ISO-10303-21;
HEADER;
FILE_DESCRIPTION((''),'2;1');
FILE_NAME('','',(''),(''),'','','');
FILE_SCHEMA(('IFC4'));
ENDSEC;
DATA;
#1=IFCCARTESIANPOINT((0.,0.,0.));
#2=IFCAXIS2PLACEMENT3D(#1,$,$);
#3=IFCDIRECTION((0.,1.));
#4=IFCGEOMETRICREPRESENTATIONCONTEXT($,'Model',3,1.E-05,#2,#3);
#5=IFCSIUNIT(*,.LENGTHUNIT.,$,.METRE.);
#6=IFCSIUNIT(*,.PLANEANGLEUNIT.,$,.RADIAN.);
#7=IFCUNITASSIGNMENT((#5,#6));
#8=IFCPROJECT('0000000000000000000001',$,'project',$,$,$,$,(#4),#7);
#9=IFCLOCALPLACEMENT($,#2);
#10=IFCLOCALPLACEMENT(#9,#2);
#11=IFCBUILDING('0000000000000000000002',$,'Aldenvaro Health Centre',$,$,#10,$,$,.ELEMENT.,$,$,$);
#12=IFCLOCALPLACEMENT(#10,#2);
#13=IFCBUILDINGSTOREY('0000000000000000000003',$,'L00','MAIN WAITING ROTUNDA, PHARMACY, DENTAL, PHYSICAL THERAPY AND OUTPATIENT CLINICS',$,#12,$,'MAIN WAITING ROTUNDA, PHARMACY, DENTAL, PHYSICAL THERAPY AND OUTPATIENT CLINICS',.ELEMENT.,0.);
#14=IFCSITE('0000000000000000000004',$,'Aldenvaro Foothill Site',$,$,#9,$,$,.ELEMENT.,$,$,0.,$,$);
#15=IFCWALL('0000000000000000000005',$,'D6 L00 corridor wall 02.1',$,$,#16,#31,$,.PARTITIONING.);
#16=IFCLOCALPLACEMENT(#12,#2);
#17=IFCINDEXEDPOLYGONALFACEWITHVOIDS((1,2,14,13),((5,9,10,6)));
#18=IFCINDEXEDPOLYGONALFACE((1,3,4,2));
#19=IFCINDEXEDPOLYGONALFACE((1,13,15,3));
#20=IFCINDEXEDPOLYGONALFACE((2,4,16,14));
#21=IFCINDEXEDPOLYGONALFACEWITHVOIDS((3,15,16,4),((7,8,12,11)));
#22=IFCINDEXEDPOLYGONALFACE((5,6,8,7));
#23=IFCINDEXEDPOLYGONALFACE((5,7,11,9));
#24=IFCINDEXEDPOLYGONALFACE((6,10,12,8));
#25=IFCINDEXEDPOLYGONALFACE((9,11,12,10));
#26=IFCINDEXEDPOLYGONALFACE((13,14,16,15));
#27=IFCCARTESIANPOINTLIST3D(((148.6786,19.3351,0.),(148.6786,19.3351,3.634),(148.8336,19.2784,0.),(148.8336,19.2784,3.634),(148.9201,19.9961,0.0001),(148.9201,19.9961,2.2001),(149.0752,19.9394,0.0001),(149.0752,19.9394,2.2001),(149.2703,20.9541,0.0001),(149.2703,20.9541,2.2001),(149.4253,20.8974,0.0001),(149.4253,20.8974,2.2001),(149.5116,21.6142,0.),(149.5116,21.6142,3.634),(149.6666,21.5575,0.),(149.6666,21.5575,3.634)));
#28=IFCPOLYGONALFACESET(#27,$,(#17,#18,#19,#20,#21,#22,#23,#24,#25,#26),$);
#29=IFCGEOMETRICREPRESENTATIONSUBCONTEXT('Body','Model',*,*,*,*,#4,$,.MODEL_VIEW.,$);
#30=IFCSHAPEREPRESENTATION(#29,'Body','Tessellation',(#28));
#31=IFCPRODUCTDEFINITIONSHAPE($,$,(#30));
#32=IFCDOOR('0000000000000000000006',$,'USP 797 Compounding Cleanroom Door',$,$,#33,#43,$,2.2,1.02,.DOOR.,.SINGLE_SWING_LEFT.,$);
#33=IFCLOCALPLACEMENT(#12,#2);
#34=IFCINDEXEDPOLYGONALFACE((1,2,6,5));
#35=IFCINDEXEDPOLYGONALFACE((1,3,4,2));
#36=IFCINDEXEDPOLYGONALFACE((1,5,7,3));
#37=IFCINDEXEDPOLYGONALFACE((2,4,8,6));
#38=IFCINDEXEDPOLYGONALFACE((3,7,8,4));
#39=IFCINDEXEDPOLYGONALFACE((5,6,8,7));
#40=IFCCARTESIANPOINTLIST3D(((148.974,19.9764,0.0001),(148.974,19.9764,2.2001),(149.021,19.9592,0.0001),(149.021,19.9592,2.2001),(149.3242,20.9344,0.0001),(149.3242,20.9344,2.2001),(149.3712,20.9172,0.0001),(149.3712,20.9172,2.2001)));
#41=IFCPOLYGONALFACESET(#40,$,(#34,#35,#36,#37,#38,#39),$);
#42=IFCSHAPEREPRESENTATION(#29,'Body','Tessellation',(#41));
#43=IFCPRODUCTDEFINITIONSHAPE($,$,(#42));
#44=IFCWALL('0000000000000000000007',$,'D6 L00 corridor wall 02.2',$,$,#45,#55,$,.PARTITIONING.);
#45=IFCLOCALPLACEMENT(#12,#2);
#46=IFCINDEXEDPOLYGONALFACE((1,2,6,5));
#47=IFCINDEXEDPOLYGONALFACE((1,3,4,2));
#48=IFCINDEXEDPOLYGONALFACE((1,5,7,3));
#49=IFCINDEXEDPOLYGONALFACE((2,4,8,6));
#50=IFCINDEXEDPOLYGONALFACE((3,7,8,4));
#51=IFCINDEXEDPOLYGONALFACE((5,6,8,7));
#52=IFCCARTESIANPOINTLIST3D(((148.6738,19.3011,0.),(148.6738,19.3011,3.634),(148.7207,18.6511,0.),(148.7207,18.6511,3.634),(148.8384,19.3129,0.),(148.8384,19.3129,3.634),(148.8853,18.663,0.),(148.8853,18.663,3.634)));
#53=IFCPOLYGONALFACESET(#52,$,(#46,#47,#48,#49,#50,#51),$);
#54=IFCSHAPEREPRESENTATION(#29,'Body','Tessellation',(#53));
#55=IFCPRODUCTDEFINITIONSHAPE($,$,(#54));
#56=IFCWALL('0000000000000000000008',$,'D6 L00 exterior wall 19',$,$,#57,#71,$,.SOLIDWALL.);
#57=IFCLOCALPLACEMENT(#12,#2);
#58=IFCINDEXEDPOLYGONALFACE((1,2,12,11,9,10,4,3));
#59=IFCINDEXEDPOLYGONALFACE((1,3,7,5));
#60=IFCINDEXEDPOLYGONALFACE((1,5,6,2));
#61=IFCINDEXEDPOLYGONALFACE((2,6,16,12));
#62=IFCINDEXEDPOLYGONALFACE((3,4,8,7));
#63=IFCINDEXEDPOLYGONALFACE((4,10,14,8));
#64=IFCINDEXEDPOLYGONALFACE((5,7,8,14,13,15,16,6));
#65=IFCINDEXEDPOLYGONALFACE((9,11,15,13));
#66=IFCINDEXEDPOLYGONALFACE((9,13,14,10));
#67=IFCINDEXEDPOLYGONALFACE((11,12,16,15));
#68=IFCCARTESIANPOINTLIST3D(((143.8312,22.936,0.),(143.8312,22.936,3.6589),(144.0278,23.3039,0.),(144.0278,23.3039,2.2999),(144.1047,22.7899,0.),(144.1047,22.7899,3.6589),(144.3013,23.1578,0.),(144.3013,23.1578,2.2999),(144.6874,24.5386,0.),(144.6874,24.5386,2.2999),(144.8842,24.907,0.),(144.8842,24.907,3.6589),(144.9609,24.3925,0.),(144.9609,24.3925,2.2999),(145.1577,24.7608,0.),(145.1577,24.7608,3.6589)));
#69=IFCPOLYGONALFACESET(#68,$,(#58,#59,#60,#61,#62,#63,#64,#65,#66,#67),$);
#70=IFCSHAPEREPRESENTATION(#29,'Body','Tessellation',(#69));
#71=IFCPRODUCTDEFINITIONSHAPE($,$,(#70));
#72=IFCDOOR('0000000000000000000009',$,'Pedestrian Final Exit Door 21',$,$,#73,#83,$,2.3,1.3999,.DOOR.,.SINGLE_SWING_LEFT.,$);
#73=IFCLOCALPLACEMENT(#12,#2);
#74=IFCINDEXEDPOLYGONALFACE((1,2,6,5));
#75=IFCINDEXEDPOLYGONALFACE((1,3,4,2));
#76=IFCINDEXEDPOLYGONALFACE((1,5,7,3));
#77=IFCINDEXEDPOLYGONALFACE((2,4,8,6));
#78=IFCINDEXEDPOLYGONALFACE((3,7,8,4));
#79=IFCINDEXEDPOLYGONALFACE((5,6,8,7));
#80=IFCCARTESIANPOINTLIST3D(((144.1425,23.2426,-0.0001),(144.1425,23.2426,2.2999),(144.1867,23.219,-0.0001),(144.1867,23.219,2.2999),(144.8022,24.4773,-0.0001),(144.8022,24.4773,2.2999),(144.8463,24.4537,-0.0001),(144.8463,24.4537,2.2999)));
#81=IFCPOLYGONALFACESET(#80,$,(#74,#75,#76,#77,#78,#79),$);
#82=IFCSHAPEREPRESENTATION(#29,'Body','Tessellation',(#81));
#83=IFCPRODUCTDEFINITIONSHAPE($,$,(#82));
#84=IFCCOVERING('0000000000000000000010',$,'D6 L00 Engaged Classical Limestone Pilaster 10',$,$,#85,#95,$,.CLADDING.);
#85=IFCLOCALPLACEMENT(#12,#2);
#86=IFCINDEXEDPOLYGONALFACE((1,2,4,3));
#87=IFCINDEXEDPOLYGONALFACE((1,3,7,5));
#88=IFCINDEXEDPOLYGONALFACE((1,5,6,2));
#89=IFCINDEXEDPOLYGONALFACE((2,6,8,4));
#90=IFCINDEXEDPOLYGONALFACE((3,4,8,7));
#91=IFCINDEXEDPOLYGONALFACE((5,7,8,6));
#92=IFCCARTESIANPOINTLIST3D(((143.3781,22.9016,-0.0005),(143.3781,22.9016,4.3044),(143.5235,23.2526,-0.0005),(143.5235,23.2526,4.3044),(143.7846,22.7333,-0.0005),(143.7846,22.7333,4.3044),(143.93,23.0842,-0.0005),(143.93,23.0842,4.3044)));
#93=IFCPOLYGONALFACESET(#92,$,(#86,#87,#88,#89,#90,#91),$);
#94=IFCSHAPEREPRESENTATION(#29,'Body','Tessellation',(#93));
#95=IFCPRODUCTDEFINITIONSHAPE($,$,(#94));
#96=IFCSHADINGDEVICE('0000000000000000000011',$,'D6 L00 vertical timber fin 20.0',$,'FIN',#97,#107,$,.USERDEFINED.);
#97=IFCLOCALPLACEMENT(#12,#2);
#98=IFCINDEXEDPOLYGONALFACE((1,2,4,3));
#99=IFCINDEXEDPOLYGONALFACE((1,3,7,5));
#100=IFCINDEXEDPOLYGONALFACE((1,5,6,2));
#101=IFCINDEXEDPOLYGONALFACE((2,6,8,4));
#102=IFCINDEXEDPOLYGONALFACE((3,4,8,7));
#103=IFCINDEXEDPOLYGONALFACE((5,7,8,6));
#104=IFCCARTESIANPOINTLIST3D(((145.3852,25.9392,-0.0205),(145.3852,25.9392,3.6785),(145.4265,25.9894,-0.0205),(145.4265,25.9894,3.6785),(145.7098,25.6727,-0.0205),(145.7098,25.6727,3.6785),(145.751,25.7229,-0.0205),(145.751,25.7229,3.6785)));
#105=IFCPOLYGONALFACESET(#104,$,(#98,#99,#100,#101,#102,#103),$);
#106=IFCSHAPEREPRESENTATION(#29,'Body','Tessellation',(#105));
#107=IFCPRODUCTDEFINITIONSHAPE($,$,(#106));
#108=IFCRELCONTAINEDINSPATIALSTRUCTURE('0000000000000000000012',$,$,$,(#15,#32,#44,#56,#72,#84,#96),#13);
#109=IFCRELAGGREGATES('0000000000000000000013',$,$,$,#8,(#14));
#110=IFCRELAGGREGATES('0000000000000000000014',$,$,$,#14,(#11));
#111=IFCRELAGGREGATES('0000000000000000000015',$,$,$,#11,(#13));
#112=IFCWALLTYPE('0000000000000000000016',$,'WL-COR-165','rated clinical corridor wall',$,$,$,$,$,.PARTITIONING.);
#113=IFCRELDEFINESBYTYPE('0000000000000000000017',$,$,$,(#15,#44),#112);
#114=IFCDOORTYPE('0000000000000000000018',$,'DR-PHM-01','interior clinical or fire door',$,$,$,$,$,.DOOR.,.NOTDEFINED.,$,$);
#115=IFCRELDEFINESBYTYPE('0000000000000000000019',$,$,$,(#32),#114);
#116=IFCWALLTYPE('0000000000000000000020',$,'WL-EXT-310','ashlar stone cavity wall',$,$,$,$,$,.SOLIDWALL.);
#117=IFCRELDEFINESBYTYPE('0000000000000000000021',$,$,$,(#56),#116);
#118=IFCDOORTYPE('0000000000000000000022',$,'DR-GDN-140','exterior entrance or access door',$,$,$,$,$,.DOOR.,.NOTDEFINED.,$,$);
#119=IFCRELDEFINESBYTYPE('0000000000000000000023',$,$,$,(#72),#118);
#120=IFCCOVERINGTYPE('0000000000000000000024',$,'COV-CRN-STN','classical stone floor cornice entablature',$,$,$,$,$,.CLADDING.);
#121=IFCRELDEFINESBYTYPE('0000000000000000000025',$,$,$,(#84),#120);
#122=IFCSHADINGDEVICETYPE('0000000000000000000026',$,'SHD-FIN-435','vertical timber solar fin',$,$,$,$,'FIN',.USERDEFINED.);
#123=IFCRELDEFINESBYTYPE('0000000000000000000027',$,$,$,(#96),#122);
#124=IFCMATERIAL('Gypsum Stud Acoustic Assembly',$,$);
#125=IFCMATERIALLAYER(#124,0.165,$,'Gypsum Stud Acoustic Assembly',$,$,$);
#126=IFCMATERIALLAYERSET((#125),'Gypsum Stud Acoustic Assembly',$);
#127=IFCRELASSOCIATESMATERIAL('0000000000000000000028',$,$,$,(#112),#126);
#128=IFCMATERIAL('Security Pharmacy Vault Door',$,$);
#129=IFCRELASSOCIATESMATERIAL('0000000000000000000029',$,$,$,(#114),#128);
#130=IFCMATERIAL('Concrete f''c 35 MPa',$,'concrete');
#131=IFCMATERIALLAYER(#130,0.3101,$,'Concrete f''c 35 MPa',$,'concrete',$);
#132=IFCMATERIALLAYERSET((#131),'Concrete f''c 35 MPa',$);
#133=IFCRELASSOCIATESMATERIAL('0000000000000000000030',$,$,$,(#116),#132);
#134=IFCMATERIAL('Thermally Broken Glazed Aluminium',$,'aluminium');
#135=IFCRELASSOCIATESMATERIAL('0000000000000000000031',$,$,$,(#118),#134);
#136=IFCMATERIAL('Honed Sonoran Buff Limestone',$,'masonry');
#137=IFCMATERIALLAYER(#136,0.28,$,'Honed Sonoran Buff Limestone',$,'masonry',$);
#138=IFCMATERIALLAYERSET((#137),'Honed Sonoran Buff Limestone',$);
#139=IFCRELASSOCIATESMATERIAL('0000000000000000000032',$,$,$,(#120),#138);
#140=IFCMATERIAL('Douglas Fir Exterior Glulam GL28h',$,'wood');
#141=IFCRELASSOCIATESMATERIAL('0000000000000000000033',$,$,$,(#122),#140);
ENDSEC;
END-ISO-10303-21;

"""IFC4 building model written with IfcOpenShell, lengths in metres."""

from ifc_helpers import new_model, si_unit, direction, frame, frame_2d, origin, origin_2d, place, context, subcontext, project, spatial, rectangle, extrude, material, layer, layer_set, type_object, element, fill, save


model = new_model("IFC4")

# Units and contexts
model_context = context("Model", 3, precision=1e-05, world=origin(), true_north=direction((0.0, 1.0)))
body_context = subcontext(model_context, "Body", "Model", "MODEL_VIEW")
ifc_project = project(units=[si_unit("LENGTHUNIT", "METRE"), si_unit("PLANEANGLEUNIT", "RADIAN")], contexts=[model_context])

# Site, building, storey
site_placement = place(None, origin())
site = spatial("IfcSite", under=ifc_project, at=site_placement, Name="Aldenvaro Foothill Site", CompositionType="ELEMENT", RefElevation=0.0)
building_placement = place(site_placement, origin())
building = spatial("IfcBuilding", under=site, at=building_placement, Name="Aldenvaro Health Centre", CompositionType="ELEMENT")
storey_placement = place(building_placement, origin())
storey = spatial("IfcBuildingStorey", under=building, at=storey_placement, Name="L00", Description="MAIN WAITING ROTUNDA, PHARMACY, DENTAL, PHYSICAL THERAPY AND OUTPATIENT CLINICS", LongName="MAIN WAITING ROTUNDA, PHARMACY, DENTAL, PHYSICAL THERAPY AND OUTPATIENT CLINICS", CompositionType="ELEMENT", Elevation=0.0)

# Shared definitions
ifc_material_1 = material(Name="Gypsum Stud Acoustic Assembly")
ifc_layer_1 = layer(ifc_material_1, 0.165, Name="Gypsum Stud Acoustic Assembly")
ifc_layer_set_1 = layer_set([ifc_layer_1], Name="Gypsum Stud Acoustic Assembly")
wall_type_1 = type_object("IfcWallType", Name="WL-COR-165", Description="rated clinical corridor wall", PredefinedType="PARTITIONING", material=ifc_layer_set_1)

# Wall, opening, door
wall_1_placement = place(storey_placement, frame((149.5891, 21.5859, 0.0), z_axis=(0.0, 0.0, 1.0), x_axis=(-0.343294, -0.939228, 0.0)))
wall_1 = element("IfcWall", 1, at=wall_1_placement, inside=storey, type_object=wall_type_1, Name="D6 L00 corridor wall 02.1", PredefinedType="PARTITIONING", context=body_context, shape_type="SweptSolid", body=[
    extrude(rectangle(XDim=2.4265, YDim=0.165, at=frame_2d((1.2134, 0.0))), origin(), (0.0, 0.0, 1.0), 3.634),
])
opening_1_placement = place(wall_1_placement, frame((0.7029, 0.0, 0.0)))
opening_1 = element("IfcOpeningElement", 2, at=opening_1_placement, cuts=wall_1, PredefinedType="OPENING", context=body_context, shape_type="SweptSolid", body=[
    extrude(rectangle(XDim=1.02, YDim=2.2, at=frame_2d((0.51, 1.1001))), frame((0.0, 0.0925, 0.0), z_axis=(0.0, -1.0, 0.0), x_axis=(1.0, 0.0, 0.0)), (0.0, 0.0, 1.0), 0.1851),
])
ifc_material_2 = material(Name="Security Pharmacy Vault Door")
door_type_1 = type_object("IfcDoorType", Name="DR-PHM-01", Description="interior clinical or fire door", OperationType="NOTDEFINED", PredefinedType="DOOR", material=ifc_material_2)
door_1_placement = place(opening_1_placement, origin())
door_1 = element("IfcDoor", 3, at=door_1_placement, inside=storey, type_object=door_type_1, Name="USP 797 Compounding Cleanroom Door", OperationType="SINGLE_SWING_LEFT", OverallHeight=2.2, OverallWidth=1.02, PredefinedType="DOOR", context=body_context, shape_type="SweptSolid", body=[
    extrude(rectangle(XDim=1.02, YDim=2.2, at=frame_2d((0.51, 1.1001))), frame((0.0, 0.0249, 0.0), z_axis=(0.0, -1.0, 0.0), x_axis=(1.0, 0.0, 0.0)), (0.0, 0.0, 1.0), 0.05),
])
fill(opening_1, door_1)

# Wall
wall_2_placement = place(storey_placement, frame((148.7561, 19.3069, 0.0), z_axis=(0.0, 0.0, 1.0), x_axis=(0.071939, -0.997409, 0.0)))
element("IfcWall", 4, at=wall_2_placement, inside=storey, type_object=wall_type_1, Name="D6 L00 corridor wall 02.2", PredefinedType="PARTITIONING", context=body_context, shape_type="SweptSolid", body=[
    extrude(rectangle(XDim=0.6516, YDim=0.165, at=frame_2d((0.3257, 0.0))), origin(), (0.0, 0.0, 1.0), 3.634),
])

# Wall, opening, door
ifc_material_3 = material(Name="Concrete f'c 35 MPa", Category="concrete")
ifc_layer_2 = layer(ifc_material_3, 0.3101, Name="Concrete f'c 35 MPa", Category="concrete")
ifc_layer_set_2 = layer_set([ifc_layer_2], Name="Concrete f'c 35 MPa")
wall_type_2 = type_object("IfcWallType", Name="WL-EXT-310", Description="ashlar stone cavity wall", PredefinedType="SOLIDWALL", material=ifc_layer_set_2)
wall_3_placement = place(storey_placement, frame((143.968, 22.863, 0.0), z_axis=(0.0, 0.0, 1.0), x_axis=(0.471218, 0.882017, 0.0)))
wall_3 = element("IfcWall", 5, at=wall_3_placement, inside=storey, type_object=wall_type_2, Name="D6 L00 exterior wall 19", PredefinedType="SOLIDWALL", context=body_context, shape_type="SweptSolid", body=[
    extrude(rectangle(XDim=2.2346, YDim=0.3101, at=frame_2d((1.1172, 0.0))), origin(), (0.0, 0.0, 1.0), 3.6589),
])
opening_2_placement = place(wall_3_placement, frame((0.417, 0.0, 0.0)))
opening_2 = element("IfcOpeningElement", 6, at=opening_2_placement, cuts=wall_3, PredefinedType="OPENING", context=body_context, shape_type="SweptSolid", body=[
    extrude(rectangle(XDim=1.3999, YDim=2.3, at=frame_2d((0.7, 1.1499))), frame((0.0, 0.165, 0.0), z_axis=(0.0, -1.0, 0.0), x_axis=(1.0, 0.0, 0.0)), (0.0, 0.0, 1.0), 0.3301),
])
ifc_material_4 = material(Name="Thermally Broken Glazed Aluminium", Category="aluminium")
door_type_2 = type_object("IfcDoorType", Name="DR-GDN-140", Description="exterior entrance or access door", OperationType="NOTDEFINED", PredefinedType="DOOR", material=ifc_material_4)
door_2_placement = place(opening_2_placement, origin())
door_2 = element("IfcDoor", 7, at=door_2_placement, inside=storey, type_object=door_type_2, Name="Pedestrian Final Exit Door 21", OperationType="SINGLE_SWING_LEFT", OverallHeight=2.3, OverallWidth=1.3999, PredefinedType="DOOR", context=body_context, shape_type="SweptSolid", body=[
    extrude(rectangle(XDim=1.3999, YDim=2.3, at=frame_2d((0.7, 1.1499))), frame((0.0, 0.0249, 0.0), z_axis=(0.0, -1.0, 0.0), x_axis=(1.0, 0.0, 0.0)), (0.0, 0.0, 1.0), 0.05),
])
fill(opening_2, door_2)

# Covering
ifc_material_5 = material(Name="Honed Sonoran Buff Limestone", Category="masonry")
ifc_layer_3 = layer(ifc_material_5, 0.28, Name="Honed Sonoran Buff Limestone", Category="masonry")
ifc_layer_set_3 = layer_set([ifc_layer_3], Name="Honed Sonoran Buff Limestone")
covering_type = type_object("IfcCoveringType", Name="COV-CRN-STN", Description="classical stone floor cornice entablature", PredefinedType="CLADDING", material=ifc_layer_set_3)
covering_placement = place(storey_placement, frame((143.6541, 22.9929, -0.0005), z_axis=(0.0, 0.0, 1.0), x_axis=(-0.923864, 0.382721, 0.0)))
element("IfcCovering", 8, at=covering_placement, inside=storey, type_object=covering_type, Name="D6 L00 Engaged Classical Limestone Pilaster 10", PredefinedType="CLADDING", context=body_context, shape_type="SweptSolid", body=[
    extrude(rectangle(XDim=0.4399, YDim=0.3799, at=origin_2d()), origin(), (0.0, 0.0, 1.0), 4.3049),
])

# Shading device
ifc_material_6 = material(Name="Douglas Fir Exterior Glulam GL28h", Category="wood")
shading_device_type = type_object("IfcShadingDeviceType", Name="SHD-FIN-435", Description="vertical timber solar fin", ElementType="FIN", PredefinedType="USERDEFINED", material=ifc_material_6)
shading_device_placement = place(storey_placement, frame((145.5681, 25.8311, -0.0205), z_axis=(0.0, 0.0, 1.0), x_axis=(0.634577, 0.77286, 0.0)))
element("IfcShadingDevice", 9, at=shading_device_placement, inside=storey, type_object=shading_device_type, Name="D6 L00 vertical timber fin 20.0", ObjectType="FIN", PredefinedType="USERDEFINED", context=body_context, shape_type="SweptSolid", body=[
    extrude(rectangle(XDim=0.0649, YDim=0.4199, at=origin_2d()), origin(), (0.0, 0.0, 1.0), 3.699),
])

save(model, "model.ifc")
